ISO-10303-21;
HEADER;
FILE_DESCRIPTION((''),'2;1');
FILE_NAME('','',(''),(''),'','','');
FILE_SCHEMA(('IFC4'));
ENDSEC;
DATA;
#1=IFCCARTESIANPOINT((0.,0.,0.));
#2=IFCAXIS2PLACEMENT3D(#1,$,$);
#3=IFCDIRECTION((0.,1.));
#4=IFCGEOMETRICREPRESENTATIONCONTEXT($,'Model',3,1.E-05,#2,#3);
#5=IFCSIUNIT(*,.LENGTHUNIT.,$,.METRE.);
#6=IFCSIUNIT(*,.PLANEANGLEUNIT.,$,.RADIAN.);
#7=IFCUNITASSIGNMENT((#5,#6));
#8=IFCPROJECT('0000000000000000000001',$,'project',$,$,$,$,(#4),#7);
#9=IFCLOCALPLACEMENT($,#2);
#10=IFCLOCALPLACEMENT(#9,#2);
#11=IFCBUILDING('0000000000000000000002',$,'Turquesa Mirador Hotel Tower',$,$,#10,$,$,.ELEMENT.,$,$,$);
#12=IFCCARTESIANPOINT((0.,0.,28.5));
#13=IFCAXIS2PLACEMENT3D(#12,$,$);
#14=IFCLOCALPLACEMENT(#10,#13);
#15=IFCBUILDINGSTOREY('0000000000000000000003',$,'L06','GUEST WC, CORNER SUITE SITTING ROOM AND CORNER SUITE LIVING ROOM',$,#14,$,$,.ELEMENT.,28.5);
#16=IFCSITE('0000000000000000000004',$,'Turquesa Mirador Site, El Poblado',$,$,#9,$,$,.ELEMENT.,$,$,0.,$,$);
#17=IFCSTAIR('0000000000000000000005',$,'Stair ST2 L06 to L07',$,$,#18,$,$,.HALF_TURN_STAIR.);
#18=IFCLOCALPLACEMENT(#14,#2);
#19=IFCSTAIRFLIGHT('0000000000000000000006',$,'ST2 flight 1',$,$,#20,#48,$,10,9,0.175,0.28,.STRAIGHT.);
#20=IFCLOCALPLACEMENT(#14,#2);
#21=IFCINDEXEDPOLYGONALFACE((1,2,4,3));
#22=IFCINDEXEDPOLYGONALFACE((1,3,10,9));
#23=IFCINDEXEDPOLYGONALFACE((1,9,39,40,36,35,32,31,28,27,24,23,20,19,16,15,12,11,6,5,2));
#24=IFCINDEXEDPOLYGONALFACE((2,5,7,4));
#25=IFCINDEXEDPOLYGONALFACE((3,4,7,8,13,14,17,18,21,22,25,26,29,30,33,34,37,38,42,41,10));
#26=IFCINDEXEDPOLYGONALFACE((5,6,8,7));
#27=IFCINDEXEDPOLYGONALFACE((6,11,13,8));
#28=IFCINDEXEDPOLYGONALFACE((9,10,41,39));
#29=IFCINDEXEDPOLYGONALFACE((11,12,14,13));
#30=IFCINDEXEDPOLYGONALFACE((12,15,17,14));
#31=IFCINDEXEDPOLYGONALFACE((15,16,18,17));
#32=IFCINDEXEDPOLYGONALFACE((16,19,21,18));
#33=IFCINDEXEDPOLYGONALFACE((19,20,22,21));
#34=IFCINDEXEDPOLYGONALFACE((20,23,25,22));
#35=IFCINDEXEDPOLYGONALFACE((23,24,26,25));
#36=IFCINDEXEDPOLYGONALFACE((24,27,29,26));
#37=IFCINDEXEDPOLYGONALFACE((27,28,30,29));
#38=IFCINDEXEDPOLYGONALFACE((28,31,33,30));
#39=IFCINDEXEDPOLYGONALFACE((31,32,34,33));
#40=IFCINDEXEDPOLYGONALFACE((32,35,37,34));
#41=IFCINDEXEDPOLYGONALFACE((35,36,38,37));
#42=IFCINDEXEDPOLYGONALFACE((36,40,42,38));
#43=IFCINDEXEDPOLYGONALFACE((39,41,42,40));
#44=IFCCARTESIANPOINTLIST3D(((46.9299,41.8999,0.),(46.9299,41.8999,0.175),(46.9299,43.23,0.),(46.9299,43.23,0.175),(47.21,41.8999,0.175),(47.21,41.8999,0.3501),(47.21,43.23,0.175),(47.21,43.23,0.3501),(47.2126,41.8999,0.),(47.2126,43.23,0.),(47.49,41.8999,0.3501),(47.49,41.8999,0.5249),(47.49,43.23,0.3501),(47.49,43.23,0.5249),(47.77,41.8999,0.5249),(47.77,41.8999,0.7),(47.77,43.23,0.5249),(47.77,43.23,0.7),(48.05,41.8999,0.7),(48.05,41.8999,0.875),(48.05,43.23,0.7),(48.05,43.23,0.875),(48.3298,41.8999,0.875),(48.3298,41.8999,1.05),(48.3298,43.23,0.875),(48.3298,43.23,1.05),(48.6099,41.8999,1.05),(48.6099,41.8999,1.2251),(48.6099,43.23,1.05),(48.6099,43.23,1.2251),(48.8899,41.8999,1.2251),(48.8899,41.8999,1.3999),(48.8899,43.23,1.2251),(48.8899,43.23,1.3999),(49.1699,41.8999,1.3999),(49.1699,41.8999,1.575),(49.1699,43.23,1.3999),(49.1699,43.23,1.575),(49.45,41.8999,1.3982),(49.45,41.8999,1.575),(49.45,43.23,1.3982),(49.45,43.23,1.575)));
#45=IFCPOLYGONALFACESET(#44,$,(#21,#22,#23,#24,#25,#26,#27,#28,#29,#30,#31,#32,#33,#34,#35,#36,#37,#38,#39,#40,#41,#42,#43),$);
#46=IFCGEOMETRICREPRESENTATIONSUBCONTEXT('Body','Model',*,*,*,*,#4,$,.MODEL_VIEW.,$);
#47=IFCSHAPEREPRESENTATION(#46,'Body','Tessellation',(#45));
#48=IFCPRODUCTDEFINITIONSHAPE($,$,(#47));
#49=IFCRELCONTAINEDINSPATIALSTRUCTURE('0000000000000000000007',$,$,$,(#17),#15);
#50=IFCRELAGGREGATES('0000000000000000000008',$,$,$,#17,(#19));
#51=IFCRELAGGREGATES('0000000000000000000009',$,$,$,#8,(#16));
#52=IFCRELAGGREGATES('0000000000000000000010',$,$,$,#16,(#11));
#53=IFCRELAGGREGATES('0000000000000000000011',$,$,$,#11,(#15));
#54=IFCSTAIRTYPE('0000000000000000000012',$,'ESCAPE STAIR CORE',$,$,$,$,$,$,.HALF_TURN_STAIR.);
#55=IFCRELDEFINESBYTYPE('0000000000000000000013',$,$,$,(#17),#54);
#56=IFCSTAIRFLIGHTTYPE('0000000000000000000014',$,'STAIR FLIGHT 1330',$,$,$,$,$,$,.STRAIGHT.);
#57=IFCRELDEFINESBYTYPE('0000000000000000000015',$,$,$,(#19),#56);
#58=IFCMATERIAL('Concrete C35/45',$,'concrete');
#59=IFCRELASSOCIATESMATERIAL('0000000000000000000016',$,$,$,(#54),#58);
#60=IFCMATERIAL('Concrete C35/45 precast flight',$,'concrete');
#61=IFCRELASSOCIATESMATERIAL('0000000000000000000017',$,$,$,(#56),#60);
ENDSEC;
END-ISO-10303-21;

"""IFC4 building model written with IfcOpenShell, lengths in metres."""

from ifc_helpers import new_model, si_unit, direction, frame, origin, place, context, subcontext, project, spatial, polyline, outline, extrude, material, type_object, element, aggregate, save


model = new_model("IFC4")

# Units and contexts
model_context = context("Model", 3, precision=1e-05, world=origin(), true_north=direction((0.0, 1.0)))
body_context = subcontext(model_context, "Body", "Model", "MODEL_VIEW")
ifc_project = project(units=[si_unit("LENGTHUNIT", "METRE"), si_unit("PLANEANGLEUNIT", "RADIAN")], contexts=[model_context])

# Site, building, storey
site_placement = place(None, origin())
site = spatial("IfcSite", under=ifc_project, at=site_placement, Name="Turquesa Mirador Site, El Poblado", CompositionType="ELEMENT", RefElevation=0.0)
building_placement = place(site_placement, origin())
building = spatial("IfcBuilding", under=site, at=building_placement, Name="Turquesa Mirador Hotel Tower", CompositionType="ELEMENT")
storey_placement = place(building_placement, frame((0.0, 0.0, 28.5)))
storey = spatial("IfcBuildingStorey", under=building, at=storey_placement, Name="L06", Description="GUEST WC, CORNER SUITE SITTING ROOM AND CORNER SUITE LIVING ROOM", CompositionType="ELEMENT", Elevation=28.5)

# Stair, stair flight
ifc_material_1 = material(Name="Concrete C35/45", Category="concrete")
stair_type = type_object("IfcStairType", Name="ESCAPE STAIR CORE", PredefinedType="HALF_TURN_STAIR", material=ifc_material_1)
stair_placement = place(storey_placement, origin())
stair = element("IfcStair", 1, at=stair_placement, inside=storey, type_object=stair_type, Name="Stair ST2 L06 to L07", PredefinedType="HALF_TURN_STAIR")
ifc_material_2 = material(Name="Concrete C35/45 precast flight", Category="concrete")
stair_flight_type = type_object("IfcStairFlightType", Name="STAIR FLIGHT 1330", PredefinedType="STRAIGHT", material=ifc_material_2)
stair_flight_placement = place(storey_placement, frame((46.9299, 42.5649, 0.0), z_axis=(0.0, 0.0, 1.0), x_axis=(1.0, 0.0, 0.0)))
stair_flight = element("IfcStairFlight", 2, at=stair_flight_placement, type_object=stair_flight_type, Name="ST2 flight 1", NumberOfRisers=10, NumberOfTreads=9, PredefinedType="STRAIGHT", RiserHeight=0.175, TreadLength=0.28, context=body_context, shape_type="SweptSolid", body=[
    extrude(outline(polyline([(0.0, 0.0), (0.0, 0.175), (0.28, 0.175), (0.28, 0.3501), (0.5601, 0.3501), (0.5601, 0.5249), (0.8401, 0.5249), (0.8401, 0.7), (1.1201, 0.7), (1.1201, 0.875), (1.3999, 0.875), (1.3999, 1.05), (1.6799, 1.05), (1.6799, 1.2251), (1.96, 1.2251), (1.96, 1.3999), (2.24, 1.3999), (2.24, 1.575), (2.52, 1.575), (2.52, 1.75), (2.52, 1.3982), (0.2827, 0.0), (0.0, 0.0)])), frame((0.0, 0.665, 0.0), z_axis=(0.0, -1.0, 0.0), x_axis=(1.0, 0.0, 0.0)), (0.0, 0.0, 1.0), 1.3301),
])
aggregate(stair, [stair_flight])

save(model, "model.ifc")
